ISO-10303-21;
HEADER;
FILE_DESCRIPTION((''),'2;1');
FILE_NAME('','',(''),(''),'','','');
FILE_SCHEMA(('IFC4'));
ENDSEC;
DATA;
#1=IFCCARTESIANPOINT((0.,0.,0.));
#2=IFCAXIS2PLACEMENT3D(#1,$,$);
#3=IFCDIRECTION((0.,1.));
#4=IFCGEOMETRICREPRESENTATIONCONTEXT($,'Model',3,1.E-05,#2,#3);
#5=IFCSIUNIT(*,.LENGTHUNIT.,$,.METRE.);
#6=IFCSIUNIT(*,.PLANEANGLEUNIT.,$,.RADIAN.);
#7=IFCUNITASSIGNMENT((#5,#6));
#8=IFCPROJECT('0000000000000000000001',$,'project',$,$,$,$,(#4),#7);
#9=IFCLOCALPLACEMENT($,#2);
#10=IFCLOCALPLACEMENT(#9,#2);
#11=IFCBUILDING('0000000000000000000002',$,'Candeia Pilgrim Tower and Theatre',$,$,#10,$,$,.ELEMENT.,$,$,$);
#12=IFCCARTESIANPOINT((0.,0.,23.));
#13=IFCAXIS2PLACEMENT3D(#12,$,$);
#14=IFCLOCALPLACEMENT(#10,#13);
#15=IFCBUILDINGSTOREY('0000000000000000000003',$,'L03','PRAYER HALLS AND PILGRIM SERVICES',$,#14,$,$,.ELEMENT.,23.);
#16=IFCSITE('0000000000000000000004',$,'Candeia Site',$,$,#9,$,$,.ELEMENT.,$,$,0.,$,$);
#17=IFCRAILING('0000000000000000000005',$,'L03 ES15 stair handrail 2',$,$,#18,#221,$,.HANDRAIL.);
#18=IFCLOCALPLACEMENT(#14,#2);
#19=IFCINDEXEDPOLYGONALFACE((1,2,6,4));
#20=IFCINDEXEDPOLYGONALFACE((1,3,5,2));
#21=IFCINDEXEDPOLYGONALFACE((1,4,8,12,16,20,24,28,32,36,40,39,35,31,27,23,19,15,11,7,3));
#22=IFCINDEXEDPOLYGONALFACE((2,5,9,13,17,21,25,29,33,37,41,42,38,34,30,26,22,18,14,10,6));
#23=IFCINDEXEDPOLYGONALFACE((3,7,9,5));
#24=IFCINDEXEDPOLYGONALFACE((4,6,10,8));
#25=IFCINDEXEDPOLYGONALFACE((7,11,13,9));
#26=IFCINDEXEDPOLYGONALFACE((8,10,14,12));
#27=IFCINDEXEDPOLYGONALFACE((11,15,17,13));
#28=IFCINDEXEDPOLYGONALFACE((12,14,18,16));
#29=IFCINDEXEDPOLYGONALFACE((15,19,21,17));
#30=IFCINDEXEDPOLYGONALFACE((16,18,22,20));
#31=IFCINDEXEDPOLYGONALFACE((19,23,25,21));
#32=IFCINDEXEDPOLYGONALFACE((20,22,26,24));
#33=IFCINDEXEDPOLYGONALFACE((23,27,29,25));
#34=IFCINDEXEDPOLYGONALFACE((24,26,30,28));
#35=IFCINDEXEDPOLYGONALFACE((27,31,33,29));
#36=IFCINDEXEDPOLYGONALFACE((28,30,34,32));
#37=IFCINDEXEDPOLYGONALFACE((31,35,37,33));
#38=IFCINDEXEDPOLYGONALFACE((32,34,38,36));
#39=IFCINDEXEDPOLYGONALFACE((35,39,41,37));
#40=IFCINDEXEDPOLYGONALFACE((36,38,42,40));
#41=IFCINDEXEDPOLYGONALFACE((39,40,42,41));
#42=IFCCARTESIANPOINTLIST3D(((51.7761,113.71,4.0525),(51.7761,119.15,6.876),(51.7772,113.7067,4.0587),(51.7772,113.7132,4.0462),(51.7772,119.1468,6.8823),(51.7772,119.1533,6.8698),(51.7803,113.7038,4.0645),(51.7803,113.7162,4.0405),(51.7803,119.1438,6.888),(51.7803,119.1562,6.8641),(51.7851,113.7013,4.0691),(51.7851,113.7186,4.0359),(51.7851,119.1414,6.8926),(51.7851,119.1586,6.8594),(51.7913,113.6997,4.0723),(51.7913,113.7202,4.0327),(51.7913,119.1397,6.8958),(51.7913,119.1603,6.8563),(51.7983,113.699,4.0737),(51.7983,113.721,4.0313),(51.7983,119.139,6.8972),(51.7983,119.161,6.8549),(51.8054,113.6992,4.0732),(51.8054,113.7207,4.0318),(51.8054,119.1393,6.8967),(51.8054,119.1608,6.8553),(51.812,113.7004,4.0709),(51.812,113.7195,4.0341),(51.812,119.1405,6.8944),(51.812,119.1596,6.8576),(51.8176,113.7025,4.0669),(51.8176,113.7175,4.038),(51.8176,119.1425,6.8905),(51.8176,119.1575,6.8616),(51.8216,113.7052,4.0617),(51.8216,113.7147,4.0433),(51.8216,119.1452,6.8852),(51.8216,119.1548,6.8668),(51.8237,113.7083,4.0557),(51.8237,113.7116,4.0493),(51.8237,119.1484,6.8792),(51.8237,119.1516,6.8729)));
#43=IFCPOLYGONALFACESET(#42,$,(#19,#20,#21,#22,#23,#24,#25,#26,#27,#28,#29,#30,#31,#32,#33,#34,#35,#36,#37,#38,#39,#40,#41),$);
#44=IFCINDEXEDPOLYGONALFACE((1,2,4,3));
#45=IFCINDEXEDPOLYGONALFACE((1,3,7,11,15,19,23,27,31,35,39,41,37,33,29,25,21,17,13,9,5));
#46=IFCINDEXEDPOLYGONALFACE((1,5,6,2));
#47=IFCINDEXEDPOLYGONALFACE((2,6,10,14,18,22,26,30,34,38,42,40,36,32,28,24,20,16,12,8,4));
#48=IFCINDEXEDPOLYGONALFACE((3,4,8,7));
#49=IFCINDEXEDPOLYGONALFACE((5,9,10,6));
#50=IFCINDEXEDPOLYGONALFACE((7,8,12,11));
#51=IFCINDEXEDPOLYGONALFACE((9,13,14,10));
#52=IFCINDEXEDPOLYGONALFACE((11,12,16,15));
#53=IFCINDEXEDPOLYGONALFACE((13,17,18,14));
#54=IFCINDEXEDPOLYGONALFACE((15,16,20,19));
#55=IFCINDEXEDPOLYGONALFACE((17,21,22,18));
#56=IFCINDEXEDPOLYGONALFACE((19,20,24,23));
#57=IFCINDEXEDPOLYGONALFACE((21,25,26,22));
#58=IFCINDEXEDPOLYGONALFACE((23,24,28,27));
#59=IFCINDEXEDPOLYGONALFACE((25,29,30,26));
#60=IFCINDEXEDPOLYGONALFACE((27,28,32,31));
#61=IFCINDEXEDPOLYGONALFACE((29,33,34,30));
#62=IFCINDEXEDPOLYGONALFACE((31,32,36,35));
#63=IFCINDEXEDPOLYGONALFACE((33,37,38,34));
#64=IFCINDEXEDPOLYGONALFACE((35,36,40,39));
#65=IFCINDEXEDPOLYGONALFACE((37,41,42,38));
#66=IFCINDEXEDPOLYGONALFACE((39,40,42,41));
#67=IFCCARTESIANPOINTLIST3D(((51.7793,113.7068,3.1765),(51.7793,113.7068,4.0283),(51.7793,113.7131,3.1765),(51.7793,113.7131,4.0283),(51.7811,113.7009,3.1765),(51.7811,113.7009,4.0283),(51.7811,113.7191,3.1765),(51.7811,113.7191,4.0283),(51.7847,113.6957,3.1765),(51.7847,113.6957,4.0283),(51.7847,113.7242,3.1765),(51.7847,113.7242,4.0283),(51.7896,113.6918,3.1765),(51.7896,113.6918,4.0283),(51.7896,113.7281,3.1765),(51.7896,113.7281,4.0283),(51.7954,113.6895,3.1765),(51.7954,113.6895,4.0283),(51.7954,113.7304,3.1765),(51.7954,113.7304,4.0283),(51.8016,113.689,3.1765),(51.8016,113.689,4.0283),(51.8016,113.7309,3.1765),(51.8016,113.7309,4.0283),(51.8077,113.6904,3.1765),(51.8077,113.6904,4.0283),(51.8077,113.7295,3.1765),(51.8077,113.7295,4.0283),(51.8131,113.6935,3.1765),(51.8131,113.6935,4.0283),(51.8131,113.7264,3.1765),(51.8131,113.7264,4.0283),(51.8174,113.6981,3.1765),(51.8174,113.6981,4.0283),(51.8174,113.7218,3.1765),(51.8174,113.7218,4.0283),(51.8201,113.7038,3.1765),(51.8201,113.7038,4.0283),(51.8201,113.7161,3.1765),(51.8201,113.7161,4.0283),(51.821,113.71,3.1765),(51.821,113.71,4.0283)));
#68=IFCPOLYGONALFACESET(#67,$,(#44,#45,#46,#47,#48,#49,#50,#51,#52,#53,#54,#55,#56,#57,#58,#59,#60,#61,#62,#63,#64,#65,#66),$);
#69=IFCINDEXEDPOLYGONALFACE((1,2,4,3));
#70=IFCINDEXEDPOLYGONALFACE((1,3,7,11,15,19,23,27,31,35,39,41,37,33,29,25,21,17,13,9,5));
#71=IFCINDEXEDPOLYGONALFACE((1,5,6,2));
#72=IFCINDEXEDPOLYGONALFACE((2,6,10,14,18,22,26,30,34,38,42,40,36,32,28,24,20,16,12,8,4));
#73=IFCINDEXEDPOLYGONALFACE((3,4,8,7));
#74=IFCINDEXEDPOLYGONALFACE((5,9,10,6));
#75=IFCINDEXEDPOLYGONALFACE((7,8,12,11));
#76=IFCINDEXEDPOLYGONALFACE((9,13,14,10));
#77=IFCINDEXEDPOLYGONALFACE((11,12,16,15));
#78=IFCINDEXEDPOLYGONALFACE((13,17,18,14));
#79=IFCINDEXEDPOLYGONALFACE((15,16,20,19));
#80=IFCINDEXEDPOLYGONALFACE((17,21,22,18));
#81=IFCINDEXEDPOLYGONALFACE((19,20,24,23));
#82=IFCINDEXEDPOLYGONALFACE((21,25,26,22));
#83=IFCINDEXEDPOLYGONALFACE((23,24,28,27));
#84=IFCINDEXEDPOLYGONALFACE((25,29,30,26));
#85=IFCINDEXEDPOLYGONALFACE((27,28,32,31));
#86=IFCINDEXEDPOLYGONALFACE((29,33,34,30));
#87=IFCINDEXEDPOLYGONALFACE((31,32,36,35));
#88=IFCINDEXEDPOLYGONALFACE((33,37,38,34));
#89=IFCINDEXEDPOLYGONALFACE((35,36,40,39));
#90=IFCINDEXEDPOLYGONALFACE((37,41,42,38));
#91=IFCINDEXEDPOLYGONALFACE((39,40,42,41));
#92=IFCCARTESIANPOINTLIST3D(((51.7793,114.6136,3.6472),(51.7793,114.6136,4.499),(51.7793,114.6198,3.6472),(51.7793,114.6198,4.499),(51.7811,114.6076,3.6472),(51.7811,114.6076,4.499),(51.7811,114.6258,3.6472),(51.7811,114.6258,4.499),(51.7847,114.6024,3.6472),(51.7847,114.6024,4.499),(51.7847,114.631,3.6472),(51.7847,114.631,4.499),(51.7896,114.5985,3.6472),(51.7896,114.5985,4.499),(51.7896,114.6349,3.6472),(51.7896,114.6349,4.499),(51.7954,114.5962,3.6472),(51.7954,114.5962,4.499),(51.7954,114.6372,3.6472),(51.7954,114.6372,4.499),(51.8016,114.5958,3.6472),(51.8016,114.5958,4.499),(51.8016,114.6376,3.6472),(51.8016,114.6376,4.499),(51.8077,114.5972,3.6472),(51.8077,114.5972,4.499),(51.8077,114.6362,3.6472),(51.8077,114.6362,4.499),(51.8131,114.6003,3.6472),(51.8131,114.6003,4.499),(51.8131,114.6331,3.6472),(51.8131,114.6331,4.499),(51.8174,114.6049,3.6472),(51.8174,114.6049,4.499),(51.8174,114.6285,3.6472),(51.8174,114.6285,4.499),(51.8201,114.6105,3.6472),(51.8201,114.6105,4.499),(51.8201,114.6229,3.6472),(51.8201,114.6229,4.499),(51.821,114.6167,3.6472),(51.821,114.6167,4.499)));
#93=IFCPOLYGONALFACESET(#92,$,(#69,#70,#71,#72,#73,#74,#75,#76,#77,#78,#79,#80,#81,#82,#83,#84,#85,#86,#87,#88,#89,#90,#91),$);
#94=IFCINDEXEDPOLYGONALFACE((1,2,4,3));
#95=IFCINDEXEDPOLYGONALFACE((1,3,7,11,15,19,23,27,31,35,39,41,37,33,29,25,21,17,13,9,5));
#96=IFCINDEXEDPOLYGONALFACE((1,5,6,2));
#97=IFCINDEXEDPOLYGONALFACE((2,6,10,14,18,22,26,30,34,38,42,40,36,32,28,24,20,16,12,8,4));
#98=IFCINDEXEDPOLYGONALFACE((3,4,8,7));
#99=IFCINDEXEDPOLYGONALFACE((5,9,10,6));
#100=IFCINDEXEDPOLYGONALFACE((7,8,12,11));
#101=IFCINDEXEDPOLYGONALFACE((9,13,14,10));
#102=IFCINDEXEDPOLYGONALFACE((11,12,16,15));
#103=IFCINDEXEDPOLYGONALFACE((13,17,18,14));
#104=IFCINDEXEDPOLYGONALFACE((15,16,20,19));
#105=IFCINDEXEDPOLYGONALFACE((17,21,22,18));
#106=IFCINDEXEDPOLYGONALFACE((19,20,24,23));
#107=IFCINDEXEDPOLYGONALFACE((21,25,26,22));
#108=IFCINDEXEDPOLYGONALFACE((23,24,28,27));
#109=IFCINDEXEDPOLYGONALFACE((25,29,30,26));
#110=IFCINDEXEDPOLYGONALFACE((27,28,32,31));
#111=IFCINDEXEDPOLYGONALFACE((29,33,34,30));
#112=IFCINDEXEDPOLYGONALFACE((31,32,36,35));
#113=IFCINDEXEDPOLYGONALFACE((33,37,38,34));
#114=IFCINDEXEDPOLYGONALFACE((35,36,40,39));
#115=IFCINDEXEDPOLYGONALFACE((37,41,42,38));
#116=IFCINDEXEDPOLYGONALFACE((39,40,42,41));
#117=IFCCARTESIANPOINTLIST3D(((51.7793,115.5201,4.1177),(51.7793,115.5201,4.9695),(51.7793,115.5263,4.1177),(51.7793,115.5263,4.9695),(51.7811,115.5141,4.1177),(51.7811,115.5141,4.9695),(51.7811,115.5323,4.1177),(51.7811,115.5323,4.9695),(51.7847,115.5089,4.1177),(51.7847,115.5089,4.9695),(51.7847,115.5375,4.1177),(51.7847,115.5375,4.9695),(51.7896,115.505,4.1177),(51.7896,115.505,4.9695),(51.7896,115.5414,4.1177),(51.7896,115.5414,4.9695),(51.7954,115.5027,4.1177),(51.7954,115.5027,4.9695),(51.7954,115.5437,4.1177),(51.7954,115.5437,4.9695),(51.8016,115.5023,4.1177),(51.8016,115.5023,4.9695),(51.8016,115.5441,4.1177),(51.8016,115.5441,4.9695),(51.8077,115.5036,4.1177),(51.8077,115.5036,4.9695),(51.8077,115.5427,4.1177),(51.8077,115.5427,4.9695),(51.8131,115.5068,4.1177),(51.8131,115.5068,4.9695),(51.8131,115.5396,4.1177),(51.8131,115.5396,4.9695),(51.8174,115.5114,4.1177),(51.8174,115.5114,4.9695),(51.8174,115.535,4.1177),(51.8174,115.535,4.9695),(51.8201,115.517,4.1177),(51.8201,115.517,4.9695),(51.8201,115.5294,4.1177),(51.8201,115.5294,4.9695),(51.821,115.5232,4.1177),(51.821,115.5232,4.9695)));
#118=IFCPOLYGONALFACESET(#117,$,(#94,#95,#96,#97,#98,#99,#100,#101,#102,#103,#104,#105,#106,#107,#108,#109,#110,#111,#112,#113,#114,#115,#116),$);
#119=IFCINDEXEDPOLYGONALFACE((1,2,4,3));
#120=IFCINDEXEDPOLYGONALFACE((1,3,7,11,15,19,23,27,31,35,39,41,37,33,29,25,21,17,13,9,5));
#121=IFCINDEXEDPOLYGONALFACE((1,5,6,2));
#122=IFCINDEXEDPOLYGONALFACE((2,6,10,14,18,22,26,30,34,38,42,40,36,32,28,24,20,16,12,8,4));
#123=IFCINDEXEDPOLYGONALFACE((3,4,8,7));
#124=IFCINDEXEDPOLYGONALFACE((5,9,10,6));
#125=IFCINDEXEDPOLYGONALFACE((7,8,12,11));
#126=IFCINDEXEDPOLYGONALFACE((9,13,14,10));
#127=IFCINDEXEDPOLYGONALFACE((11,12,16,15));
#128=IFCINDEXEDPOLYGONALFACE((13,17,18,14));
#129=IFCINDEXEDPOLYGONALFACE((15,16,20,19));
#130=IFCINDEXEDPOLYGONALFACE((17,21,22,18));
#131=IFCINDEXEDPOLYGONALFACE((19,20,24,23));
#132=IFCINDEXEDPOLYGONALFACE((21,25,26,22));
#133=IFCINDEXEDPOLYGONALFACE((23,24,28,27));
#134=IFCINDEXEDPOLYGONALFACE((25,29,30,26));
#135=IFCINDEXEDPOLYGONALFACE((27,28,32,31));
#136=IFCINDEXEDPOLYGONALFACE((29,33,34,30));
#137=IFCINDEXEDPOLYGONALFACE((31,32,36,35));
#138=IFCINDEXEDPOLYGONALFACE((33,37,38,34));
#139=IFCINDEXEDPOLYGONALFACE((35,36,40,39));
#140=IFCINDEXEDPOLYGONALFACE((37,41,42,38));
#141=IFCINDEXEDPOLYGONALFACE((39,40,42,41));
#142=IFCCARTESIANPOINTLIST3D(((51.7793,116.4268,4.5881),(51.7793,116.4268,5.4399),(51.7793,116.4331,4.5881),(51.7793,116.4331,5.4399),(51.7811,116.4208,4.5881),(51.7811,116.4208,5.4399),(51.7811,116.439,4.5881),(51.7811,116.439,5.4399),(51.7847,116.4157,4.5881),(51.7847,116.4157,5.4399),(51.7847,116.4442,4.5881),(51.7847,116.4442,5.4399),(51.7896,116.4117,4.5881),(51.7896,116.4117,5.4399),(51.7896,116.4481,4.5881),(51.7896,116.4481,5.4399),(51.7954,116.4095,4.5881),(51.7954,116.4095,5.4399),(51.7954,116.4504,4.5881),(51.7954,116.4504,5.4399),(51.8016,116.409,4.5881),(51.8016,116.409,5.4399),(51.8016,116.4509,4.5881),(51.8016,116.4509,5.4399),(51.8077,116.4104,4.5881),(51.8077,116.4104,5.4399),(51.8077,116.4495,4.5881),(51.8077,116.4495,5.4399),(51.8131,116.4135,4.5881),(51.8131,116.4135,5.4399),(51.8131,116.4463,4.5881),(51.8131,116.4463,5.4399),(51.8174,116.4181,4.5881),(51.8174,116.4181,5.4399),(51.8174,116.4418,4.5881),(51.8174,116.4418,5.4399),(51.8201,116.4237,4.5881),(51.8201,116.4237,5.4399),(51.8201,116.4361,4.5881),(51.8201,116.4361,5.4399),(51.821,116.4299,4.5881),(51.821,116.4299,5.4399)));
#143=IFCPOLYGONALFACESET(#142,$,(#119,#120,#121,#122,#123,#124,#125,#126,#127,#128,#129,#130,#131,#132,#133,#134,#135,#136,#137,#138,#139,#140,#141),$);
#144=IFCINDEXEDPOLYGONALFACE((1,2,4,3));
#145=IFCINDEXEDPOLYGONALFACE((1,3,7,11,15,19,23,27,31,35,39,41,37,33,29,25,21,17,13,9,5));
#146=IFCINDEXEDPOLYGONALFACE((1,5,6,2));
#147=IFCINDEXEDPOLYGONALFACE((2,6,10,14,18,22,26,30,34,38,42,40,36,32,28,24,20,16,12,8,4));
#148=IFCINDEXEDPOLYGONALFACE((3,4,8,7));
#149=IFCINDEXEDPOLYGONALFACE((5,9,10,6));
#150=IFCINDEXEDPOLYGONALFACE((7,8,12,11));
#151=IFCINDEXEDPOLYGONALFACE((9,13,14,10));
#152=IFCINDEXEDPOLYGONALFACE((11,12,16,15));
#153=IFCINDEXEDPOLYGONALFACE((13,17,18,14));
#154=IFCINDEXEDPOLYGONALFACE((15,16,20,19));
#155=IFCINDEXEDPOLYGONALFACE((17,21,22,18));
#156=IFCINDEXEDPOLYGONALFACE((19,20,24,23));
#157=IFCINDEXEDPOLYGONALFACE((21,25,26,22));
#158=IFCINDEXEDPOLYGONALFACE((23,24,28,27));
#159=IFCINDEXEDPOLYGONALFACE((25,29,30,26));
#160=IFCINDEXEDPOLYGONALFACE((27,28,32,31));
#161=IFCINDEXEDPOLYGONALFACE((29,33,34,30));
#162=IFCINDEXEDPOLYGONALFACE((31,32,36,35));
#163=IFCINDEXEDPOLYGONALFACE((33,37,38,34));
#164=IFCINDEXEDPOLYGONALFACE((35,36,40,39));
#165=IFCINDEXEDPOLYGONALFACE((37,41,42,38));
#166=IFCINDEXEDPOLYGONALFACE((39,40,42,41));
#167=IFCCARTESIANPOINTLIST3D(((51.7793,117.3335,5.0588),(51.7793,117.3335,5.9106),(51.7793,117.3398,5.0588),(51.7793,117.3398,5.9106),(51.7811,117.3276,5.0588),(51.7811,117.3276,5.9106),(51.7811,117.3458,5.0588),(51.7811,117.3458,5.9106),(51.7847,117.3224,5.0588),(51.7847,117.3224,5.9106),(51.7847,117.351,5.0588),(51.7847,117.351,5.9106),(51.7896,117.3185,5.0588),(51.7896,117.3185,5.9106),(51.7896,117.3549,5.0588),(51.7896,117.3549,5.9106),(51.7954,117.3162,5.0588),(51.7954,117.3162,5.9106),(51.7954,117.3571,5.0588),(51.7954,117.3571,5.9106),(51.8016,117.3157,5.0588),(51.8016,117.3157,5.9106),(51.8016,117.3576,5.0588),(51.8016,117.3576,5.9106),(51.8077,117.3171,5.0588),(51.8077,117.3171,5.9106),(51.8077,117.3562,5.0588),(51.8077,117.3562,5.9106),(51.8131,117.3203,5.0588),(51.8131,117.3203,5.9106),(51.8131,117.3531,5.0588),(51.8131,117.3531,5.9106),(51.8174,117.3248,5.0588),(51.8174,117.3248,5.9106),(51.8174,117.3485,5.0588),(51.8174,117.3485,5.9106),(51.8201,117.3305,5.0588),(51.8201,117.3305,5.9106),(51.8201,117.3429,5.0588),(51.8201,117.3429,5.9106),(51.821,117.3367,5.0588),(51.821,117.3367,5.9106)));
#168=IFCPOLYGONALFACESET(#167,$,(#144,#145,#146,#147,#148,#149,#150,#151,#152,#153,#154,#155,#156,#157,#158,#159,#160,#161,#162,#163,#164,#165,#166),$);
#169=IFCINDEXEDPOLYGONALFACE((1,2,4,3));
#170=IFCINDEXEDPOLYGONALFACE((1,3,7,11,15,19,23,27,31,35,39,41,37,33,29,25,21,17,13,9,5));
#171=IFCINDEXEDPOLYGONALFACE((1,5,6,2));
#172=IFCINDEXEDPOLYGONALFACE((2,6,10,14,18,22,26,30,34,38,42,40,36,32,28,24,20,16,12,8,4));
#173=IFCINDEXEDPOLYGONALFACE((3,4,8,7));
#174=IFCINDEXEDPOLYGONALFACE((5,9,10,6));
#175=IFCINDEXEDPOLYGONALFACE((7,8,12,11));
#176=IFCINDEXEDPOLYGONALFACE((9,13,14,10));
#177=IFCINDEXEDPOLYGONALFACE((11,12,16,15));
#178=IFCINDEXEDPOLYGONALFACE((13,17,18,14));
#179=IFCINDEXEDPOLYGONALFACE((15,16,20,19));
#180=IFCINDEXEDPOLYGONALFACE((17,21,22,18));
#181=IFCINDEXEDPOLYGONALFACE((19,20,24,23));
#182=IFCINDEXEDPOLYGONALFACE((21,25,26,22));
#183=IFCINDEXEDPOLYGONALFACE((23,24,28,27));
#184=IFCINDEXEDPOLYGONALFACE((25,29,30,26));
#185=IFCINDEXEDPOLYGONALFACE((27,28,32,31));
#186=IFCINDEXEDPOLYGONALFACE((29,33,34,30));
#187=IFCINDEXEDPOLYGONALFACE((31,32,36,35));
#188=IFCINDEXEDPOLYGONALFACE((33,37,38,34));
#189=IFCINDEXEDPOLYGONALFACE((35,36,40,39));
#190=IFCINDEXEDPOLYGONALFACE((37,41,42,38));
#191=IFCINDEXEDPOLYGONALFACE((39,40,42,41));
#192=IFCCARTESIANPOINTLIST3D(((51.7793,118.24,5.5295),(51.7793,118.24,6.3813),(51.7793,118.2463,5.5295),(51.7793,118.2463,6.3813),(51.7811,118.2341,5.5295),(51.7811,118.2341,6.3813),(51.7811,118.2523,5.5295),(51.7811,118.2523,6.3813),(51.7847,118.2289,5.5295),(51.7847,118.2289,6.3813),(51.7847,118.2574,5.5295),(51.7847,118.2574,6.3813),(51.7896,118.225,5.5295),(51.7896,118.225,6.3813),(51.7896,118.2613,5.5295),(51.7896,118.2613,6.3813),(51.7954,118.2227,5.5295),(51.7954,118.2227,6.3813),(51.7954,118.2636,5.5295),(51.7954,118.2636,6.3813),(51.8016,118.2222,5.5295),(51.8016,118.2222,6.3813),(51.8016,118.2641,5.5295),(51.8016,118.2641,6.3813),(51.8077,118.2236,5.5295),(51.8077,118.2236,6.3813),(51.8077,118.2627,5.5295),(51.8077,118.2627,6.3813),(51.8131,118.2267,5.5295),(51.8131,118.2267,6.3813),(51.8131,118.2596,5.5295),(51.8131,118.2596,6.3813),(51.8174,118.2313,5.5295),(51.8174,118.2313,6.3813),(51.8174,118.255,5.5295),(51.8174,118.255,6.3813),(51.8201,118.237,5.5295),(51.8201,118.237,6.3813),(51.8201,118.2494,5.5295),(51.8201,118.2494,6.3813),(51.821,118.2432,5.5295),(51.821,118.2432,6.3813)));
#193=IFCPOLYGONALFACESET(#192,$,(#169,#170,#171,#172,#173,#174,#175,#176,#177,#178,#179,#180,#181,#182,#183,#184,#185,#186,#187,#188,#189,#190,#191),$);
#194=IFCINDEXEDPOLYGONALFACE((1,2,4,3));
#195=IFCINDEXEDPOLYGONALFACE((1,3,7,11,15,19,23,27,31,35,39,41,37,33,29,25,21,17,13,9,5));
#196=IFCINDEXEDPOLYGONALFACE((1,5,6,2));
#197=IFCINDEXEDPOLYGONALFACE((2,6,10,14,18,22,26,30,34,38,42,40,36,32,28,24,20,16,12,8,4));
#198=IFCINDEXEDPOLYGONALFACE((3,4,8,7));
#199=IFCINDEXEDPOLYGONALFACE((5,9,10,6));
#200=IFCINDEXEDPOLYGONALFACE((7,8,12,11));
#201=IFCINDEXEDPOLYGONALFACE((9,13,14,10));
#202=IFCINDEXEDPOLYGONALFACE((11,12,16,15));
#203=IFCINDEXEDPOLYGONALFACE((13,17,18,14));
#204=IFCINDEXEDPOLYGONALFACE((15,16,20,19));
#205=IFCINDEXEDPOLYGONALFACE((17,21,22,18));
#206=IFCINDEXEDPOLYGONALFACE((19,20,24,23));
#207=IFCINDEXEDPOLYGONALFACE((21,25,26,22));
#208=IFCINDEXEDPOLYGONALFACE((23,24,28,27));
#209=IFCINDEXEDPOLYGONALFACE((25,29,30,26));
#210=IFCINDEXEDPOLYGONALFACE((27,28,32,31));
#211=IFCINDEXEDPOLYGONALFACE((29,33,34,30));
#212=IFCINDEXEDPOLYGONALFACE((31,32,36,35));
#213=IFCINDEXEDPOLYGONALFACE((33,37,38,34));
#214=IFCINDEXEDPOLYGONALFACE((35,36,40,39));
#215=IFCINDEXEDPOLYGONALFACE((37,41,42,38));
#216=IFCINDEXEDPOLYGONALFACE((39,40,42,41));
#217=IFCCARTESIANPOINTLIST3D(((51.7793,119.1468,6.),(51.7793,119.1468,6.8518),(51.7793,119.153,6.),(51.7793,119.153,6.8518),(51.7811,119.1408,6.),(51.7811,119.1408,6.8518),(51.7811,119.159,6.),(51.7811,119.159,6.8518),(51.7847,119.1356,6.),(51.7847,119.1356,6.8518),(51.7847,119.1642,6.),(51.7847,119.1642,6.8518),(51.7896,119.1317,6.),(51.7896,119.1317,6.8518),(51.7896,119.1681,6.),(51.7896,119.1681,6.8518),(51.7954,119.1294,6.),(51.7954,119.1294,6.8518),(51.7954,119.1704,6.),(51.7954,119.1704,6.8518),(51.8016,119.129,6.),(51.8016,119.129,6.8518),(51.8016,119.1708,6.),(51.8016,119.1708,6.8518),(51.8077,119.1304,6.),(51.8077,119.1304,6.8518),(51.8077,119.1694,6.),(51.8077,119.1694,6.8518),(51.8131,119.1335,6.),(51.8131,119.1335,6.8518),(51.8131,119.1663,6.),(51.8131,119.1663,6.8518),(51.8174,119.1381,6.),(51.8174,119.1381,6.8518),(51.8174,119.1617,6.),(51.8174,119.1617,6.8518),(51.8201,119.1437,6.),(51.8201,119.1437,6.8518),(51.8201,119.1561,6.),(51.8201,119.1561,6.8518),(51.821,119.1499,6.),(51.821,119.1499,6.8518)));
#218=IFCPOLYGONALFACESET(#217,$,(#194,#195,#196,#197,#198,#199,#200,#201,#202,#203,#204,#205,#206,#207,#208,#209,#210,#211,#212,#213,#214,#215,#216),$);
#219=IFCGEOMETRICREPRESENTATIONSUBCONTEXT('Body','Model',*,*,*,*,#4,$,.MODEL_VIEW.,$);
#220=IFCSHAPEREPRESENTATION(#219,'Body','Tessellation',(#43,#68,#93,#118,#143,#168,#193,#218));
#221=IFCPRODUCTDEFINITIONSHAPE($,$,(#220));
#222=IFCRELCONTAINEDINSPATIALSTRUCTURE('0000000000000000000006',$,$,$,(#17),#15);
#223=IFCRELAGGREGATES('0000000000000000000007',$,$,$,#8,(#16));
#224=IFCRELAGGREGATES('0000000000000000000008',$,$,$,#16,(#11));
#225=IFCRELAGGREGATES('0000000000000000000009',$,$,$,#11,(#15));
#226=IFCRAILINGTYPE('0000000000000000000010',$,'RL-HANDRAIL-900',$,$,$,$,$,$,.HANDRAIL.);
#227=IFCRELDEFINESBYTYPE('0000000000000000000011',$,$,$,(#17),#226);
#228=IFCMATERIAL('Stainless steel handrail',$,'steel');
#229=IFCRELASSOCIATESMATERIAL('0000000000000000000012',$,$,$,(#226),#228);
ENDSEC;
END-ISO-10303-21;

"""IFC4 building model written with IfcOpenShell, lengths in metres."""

from ifc_helpers import new_model, si_unit, direction, frame, origin, origin_2d, place, context, subcontext, project, spatial, circle, extrude, material, type_object, element, save


model = new_model("IFC4")

# Units and contexts
model_context = context("Model", 3, precision=1e-05, world=origin(), true_north=direction((0.0, 1.0)))
body_context = subcontext(model_context, "Body", "Model", "MODEL_VIEW")
ifc_project = project(units=[si_unit("LENGTHUNIT", "METRE"), si_unit("PLANEANGLEUNIT", "RADIAN")], contexts=[model_context])

# Site, building, storey
site_placement = place(None, origin())
site = spatial("IfcSite", under=ifc_project, at=site_placement, Name="Candeia Site", CompositionType="ELEMENT", RefElevation=0.0)
building_placement = place(site_placement, origin())
building = spatial("IfcBuilding", under=site, at=building_placement, Name="Candeia Pilgrim Tower and Theatre", CompositionType="ELEMENT")
storey_placement = place(building_placement, frame((0.0, 0.0, 23.0)))
storey = spatial("IfcBuildingStorey", under=building, at=storey_placement, Name="L03", Description="PRAYER HALLS AND PILGRIM SERVICES", CompositionType="ELEMENT", Elevation=23.0)

# Railing
ifc_material_1 = material(Name="Stainless steel handrail", Category="steel")
railing_type_1 = type_object("IfcRailingType", Name="RL-HANDRAIL-900", PredefinedType="HANDRAIL", material=ifc_material_1)
railing_1_placement = place(storey_placement, frame((51.8, 113.71, 3.1765)))
element("IfcRailing", 1, at=railing_1_placement, inside=storey, type_object=railing_type_1, Name="L03 ES15 stair handrail 2", PredefinedType="HANDRAIL", context=body_context, shape_type="SweptSolid", body=[
    extrude(circle(Radius=0.0239, at=origin_2d()), frame((0.0, 0.0, 0.876), z_axis=(0.0, 0.887569, 0.460674), x_axis=(-1.0, 0.0, 0.0)), (0.0, 0.0, 1.0), 6.1292),
    extrude(circle(Radius=0.021, at=origin_2d()), origin(), (0.0, 0.0, 1.0), 0.8518),
    extrude(circle(Radius=0.021, at=origin_2d()), frame((0.0, 0.9067, 0.4707)), (0.0, 0.0, 1.0), 0.8518),
    extrude(circle(Radius=0.021, at=origin_2d()), frame((0.0, 1.8132, 0.9412)), (0.0, 0.0, 1.0), 0.8518),
    extrude(circle(Radius=0.021, at=origin_2d()), frame((0.0, 2.72, 1.4116)), (0.0, 0.0, 1.0), 0.8518),
    extrude(circle(Radius=0.021, at=origin_2d()), frame((0.0, 3.6267, 1.8823)), (0.0, 0.0, 1.0), 0.8518),
    extrude(circle(Radius=0.021, at=origin_2d()), frame((0.0, 4.5332, 2.353)), (0.0, 0.0, 1.0), 0.8518),
    extrude(circle(Radius=0.021, at=origin_2d()), frame((0.0, 5.4399, 2.8235)), (0.0, 0.0, 1.0), 0.8518),
])

save(model, "model.ifc")
